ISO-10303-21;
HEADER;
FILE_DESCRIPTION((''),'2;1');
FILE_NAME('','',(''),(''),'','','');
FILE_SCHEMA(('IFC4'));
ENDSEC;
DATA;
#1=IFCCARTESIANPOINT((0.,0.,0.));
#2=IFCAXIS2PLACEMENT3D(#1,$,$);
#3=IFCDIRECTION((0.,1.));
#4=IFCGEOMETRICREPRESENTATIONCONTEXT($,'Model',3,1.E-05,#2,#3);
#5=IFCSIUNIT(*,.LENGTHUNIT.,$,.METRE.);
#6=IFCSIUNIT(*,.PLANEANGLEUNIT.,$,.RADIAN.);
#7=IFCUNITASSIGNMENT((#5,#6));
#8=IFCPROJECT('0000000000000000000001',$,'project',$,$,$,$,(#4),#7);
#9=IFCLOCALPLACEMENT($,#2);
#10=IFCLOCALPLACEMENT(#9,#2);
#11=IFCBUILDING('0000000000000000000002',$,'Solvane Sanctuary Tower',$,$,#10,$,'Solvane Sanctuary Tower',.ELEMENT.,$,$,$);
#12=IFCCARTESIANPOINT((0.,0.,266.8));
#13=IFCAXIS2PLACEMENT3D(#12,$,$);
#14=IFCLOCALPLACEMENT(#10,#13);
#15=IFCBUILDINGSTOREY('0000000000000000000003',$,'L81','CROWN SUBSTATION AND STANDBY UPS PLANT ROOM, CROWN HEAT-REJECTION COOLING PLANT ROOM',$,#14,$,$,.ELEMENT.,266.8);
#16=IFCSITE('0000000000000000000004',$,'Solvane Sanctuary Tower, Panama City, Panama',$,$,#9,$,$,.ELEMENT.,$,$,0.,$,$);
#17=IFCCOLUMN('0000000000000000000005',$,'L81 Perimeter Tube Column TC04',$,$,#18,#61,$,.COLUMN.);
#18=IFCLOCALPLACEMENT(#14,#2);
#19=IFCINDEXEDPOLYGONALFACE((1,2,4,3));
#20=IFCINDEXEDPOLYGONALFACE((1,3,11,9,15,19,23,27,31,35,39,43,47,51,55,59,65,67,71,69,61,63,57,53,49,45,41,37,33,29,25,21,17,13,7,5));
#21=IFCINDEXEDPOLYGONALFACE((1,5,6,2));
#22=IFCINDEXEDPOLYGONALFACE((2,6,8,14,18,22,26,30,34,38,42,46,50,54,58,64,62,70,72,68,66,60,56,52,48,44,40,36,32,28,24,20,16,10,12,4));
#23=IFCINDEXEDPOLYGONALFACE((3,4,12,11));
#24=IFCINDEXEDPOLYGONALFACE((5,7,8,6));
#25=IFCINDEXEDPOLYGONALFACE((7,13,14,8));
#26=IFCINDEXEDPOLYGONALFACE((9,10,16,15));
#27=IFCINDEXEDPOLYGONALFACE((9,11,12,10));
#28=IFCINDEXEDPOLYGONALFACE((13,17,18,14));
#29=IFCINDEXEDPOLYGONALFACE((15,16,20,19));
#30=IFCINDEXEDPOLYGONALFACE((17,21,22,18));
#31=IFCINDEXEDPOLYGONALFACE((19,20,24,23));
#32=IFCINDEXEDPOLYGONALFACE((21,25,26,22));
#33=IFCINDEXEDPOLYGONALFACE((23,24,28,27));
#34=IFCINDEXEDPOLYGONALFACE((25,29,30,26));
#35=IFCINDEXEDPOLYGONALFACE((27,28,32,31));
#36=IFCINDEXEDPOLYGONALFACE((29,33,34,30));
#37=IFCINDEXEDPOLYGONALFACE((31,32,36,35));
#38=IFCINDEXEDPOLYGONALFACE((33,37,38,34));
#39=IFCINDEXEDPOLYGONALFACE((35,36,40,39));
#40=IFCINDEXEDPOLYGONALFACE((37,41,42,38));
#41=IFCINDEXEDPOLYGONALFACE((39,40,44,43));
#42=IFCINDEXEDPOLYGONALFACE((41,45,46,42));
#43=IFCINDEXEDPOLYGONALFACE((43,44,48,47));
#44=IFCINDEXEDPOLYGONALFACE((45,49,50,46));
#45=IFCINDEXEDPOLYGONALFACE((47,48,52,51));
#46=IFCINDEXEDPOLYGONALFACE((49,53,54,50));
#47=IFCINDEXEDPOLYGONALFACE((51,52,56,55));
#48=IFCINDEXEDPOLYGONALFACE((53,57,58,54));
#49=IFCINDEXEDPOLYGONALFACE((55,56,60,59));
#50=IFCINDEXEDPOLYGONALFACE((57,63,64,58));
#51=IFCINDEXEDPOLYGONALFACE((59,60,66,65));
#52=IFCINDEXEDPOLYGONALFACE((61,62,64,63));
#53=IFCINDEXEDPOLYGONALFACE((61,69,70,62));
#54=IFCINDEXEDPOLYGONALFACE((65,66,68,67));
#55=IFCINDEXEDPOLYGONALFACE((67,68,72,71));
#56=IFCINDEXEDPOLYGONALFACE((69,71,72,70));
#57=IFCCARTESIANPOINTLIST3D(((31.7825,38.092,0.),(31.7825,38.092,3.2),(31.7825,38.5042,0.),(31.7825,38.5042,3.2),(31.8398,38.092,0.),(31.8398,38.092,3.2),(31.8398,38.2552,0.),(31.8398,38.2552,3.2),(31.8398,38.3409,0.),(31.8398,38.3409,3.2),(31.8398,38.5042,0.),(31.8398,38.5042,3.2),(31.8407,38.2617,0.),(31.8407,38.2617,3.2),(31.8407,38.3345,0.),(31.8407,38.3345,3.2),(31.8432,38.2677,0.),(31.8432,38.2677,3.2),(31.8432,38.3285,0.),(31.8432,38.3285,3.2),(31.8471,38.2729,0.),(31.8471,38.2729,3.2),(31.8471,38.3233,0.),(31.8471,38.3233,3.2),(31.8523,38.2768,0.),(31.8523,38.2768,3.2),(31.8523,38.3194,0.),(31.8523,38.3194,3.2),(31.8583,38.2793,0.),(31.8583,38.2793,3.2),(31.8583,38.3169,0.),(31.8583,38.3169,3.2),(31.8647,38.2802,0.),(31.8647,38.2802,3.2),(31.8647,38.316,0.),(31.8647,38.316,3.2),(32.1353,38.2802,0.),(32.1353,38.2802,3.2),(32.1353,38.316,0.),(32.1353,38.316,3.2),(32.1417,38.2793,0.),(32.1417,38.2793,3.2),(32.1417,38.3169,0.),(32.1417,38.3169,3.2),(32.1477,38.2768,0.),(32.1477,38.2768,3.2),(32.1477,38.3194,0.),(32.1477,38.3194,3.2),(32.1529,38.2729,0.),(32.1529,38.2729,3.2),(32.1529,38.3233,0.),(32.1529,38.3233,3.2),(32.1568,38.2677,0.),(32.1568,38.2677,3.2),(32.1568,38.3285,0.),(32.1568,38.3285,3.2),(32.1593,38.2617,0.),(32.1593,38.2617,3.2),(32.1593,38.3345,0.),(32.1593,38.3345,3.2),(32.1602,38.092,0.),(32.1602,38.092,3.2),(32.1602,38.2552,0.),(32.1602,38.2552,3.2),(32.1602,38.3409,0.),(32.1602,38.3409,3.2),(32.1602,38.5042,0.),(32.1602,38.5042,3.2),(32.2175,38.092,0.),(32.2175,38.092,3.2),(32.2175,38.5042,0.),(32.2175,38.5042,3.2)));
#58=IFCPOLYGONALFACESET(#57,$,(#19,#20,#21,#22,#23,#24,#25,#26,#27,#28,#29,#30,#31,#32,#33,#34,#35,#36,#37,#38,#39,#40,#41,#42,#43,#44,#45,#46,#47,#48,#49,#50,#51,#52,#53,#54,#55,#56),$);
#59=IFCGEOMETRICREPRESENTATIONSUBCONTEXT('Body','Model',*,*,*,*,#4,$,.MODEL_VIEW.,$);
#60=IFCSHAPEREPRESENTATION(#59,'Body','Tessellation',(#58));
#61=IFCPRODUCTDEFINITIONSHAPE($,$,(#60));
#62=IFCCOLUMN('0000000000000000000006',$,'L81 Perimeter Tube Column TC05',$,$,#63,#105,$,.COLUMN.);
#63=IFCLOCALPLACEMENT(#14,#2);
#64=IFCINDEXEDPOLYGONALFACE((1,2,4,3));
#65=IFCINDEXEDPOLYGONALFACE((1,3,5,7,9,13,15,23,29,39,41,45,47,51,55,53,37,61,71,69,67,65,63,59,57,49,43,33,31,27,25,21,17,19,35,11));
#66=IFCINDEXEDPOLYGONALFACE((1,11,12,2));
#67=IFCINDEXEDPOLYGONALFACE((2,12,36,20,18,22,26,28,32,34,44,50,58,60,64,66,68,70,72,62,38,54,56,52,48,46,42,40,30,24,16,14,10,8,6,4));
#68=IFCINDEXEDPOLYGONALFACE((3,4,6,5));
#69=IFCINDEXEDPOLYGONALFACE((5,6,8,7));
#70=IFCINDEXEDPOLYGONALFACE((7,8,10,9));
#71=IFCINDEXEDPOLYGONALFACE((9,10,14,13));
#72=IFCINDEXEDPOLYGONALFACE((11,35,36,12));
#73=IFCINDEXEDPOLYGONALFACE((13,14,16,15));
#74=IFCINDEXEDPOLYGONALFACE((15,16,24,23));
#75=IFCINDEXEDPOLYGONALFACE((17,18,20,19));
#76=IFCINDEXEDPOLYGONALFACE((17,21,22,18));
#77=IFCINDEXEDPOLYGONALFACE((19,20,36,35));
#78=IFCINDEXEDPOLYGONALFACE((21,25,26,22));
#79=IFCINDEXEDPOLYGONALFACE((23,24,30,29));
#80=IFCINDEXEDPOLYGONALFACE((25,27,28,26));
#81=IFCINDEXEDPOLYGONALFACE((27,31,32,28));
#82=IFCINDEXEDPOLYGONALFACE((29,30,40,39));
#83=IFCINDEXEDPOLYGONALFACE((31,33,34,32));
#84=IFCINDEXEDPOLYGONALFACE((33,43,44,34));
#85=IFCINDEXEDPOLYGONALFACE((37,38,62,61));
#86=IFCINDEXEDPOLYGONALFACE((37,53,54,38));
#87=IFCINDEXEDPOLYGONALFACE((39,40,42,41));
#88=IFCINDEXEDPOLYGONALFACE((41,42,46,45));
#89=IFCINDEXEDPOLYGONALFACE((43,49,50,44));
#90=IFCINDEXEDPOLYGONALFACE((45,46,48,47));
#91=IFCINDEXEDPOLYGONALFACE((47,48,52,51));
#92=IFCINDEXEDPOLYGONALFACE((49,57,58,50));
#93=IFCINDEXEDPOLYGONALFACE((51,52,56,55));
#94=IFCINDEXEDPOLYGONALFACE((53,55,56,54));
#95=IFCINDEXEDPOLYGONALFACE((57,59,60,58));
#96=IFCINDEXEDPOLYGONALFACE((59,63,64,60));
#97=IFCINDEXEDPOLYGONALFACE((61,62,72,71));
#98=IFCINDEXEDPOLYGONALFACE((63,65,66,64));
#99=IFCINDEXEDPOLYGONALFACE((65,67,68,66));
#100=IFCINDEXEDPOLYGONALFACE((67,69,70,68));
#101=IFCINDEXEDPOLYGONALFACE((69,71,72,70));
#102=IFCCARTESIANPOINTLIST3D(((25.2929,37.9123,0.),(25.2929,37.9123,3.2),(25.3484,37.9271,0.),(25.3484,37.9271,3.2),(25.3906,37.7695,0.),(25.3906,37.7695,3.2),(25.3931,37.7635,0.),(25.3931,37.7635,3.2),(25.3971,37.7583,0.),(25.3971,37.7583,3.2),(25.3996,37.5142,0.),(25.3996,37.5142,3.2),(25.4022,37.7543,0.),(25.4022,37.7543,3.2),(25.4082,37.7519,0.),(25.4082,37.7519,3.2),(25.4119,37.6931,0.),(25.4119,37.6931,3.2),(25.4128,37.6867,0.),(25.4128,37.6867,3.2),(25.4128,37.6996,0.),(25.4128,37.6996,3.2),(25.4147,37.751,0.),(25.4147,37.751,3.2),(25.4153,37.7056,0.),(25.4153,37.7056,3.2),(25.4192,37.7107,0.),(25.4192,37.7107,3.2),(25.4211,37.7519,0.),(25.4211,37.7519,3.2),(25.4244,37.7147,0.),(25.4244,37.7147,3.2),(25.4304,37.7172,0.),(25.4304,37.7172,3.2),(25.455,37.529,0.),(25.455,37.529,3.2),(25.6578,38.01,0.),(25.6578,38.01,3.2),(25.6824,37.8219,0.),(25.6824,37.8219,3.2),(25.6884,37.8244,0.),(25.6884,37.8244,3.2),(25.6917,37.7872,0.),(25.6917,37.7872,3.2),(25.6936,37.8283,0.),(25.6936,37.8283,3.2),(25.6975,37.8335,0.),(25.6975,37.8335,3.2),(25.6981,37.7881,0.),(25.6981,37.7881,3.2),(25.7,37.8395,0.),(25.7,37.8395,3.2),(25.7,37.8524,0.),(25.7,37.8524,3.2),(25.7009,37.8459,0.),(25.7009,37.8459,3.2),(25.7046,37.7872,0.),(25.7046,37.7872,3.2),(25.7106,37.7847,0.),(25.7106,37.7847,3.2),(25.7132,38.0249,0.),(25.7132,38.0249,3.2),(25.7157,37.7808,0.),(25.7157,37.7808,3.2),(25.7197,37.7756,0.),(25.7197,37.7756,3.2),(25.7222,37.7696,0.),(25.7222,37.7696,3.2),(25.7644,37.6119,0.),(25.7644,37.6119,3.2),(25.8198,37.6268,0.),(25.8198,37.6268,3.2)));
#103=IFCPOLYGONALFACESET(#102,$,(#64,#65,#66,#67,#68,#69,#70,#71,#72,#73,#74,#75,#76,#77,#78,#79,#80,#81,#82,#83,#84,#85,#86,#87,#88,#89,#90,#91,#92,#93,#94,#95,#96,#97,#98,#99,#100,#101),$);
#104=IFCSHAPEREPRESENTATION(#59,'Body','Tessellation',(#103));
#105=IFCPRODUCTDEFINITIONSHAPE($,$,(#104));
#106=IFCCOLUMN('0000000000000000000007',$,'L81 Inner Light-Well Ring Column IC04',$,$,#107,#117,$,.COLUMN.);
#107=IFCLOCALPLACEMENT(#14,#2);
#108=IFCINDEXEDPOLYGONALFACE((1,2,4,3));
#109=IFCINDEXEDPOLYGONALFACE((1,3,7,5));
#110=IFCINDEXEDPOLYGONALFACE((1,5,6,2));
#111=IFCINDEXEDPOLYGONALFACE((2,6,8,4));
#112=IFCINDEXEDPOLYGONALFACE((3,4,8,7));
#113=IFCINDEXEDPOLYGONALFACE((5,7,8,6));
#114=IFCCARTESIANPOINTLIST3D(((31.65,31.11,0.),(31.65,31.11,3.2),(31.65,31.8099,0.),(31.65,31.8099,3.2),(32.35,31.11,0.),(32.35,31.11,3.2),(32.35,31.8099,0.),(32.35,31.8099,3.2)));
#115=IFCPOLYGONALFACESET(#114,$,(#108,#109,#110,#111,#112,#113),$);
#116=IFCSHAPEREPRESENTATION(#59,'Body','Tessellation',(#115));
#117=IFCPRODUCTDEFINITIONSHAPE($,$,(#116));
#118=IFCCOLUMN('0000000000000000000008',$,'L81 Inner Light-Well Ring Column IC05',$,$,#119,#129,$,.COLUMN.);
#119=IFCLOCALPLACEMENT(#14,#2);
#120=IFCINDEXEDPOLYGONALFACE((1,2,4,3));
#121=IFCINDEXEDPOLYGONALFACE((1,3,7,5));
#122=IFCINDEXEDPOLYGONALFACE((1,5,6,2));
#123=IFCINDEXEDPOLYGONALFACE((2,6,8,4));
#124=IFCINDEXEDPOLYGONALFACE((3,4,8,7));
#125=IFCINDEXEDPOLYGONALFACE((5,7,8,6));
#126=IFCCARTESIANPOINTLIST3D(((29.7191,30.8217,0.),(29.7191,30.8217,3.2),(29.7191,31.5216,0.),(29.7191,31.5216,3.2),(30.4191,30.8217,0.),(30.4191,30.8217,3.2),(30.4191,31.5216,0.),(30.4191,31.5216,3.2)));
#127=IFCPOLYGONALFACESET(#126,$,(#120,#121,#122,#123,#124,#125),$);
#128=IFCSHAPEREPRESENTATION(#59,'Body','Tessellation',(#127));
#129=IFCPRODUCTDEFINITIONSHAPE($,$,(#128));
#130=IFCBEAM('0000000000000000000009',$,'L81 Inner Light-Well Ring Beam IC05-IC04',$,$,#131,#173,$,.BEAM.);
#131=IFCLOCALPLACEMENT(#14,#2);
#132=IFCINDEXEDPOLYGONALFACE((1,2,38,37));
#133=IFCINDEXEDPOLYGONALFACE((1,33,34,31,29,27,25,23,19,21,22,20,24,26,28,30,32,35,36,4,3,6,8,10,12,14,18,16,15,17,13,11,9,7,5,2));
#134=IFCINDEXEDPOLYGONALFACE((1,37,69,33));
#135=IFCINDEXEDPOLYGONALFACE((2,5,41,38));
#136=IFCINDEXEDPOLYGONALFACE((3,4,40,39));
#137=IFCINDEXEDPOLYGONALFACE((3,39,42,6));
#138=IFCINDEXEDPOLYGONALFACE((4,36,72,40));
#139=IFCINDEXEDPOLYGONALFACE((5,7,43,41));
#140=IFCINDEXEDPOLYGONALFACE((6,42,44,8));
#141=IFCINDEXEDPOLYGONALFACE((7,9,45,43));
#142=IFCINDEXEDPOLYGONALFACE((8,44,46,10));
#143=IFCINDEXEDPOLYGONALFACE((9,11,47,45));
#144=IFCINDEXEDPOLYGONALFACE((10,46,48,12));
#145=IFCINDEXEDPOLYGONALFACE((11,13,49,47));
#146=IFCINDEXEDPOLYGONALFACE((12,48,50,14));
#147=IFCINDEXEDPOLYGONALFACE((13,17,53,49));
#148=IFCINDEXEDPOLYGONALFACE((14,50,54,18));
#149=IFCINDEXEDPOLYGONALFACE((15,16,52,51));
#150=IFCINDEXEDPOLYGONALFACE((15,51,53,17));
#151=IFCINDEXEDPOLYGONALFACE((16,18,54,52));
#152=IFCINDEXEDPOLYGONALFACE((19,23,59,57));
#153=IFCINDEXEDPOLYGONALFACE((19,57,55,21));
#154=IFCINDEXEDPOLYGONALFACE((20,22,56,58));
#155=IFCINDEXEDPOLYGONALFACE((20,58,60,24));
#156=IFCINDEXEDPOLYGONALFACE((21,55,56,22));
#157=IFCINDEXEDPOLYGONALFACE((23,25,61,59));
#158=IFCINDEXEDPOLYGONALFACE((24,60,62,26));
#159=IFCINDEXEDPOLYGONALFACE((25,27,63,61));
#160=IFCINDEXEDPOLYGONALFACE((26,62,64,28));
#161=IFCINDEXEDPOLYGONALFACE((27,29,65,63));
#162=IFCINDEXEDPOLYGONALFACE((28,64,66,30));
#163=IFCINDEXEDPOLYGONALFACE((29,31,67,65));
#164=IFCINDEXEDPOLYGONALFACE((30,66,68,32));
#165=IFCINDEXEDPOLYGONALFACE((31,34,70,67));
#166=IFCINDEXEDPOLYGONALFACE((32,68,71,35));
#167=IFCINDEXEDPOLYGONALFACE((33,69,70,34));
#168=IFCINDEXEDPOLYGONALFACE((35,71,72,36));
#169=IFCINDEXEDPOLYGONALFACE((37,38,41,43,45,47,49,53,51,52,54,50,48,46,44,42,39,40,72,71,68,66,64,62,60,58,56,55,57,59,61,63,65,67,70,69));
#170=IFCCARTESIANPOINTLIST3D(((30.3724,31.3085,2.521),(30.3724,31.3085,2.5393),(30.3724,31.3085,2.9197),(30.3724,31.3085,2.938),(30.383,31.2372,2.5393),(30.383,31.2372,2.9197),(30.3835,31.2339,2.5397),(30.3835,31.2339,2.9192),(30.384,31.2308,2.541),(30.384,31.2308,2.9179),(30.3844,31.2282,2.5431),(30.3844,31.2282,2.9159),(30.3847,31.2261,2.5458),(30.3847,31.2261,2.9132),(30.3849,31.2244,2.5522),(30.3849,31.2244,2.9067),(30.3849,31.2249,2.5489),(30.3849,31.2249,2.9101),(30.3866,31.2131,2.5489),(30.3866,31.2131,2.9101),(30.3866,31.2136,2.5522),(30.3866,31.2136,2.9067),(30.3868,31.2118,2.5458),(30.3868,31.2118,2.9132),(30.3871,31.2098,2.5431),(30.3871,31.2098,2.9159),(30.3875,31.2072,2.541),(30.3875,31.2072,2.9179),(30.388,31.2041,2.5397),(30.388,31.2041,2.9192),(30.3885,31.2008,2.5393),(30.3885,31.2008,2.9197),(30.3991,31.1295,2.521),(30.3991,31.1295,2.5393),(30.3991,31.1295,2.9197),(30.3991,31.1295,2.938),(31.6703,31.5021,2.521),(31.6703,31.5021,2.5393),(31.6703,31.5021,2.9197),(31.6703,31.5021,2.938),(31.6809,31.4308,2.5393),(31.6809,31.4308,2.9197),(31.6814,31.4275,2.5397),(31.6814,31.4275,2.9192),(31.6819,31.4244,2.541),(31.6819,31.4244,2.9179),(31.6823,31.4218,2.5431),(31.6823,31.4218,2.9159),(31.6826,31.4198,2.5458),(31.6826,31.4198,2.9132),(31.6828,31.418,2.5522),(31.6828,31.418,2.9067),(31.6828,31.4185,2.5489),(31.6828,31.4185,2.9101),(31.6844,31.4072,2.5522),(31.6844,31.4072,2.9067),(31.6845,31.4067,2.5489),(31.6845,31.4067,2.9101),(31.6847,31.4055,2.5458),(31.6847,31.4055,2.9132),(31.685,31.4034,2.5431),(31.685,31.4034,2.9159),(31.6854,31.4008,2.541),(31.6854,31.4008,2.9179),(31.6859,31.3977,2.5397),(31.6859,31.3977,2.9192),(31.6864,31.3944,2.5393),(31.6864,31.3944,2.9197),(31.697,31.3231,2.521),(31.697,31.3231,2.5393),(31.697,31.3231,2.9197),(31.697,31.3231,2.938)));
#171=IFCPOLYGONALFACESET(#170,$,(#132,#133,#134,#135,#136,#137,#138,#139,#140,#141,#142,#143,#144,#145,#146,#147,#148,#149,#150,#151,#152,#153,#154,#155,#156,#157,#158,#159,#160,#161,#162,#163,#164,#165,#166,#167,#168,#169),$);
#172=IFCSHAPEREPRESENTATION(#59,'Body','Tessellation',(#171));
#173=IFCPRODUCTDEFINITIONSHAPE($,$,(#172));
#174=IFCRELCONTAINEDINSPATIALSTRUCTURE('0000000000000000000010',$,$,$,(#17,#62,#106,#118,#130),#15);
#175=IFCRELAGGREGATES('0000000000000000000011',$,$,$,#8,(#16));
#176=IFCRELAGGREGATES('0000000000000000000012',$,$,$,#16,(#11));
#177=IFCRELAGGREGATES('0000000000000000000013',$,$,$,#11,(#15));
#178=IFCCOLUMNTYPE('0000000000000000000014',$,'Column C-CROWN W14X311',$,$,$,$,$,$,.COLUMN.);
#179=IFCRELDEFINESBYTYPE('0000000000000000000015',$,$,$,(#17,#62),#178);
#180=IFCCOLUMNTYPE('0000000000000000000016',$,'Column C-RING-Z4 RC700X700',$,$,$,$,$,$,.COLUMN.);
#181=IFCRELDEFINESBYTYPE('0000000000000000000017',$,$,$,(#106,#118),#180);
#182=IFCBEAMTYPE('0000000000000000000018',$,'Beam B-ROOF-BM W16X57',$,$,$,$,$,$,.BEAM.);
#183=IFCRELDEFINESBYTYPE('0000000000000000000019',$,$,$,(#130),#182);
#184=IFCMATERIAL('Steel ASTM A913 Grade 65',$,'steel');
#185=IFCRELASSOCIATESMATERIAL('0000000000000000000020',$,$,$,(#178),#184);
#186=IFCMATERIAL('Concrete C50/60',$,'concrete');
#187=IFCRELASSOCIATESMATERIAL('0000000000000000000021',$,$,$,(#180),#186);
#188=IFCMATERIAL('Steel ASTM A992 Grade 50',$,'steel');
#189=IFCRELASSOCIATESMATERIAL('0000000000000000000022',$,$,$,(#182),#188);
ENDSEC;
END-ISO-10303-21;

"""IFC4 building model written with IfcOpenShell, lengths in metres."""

from ifc_helpers import new_model, si_unit, direction, frame, origin, origin_2d, place, context, subcontext, project, spatial, rectangle, i_section, extrude, material, material_profile, profile_set, type_object, element, save


model = new_model("IFC4")

# Units and contexts
model_context = context("Model", 3, precision=1e-05, world=origin(), true_north=direction((0.0, 1.0)))
body_context = subcontext(model_context, "Body", "Model", "MODEL_VIEW")
ifc_project = project(units=[si_unit("LENGTHUNIT", "METRE"), si_unit("PLANEANGLEUNIT", "RADIAN")], contexts=[model_context])

# Site, building, storey
site_placement = place(None, origin())
site = spatial("IfcSite", under=ifc_project, at=site_placement, Name="Solvane Sanctuary Tower, Panama City, Panama", CompositionType="ELEMENT", RefElevation=0.0)
building_placement = place(site_placement, origin())
building = spatial("IfcBuilding", under=site, at=building_placement, Name="Solvane Sanctuary Tower", LongName="Solvane Sanctuary Tower", CompositionType="ELEMENT")
storey_placement = place(building_placement, frame((0.0, 0.0, 266.8)))
storey = spatial("IfcBuildingStorey", under=building, at=storey_placement, Name="L81", Description="CROWN SUBSTATION AND STANDBY UPS PLANT ROOM, CROWN HEAT-REJECTION COOLING PLANT ROOM", CompositionType="ELEMENT", Elevation=266.8)

# Columns
ifc_material_1 = material(Name="Steel ASTM A913 Grade 65", Category="steel")
ifc_material_profile_1 = material_profile(ifc_material_1, i_section(OverallWidth=0.4121, OverallDepth=0.4351, WebThickness=0.0359, FlangeThickness=0.0574, FilletRadius=0.0249, at=origin_2d()), Name="W14X311")
ifc_profile_set_1 = profile_set([ifc_material_profile_1], Name="Steel ASTM A913 Grade 65")
column_type_1 = type_object("IfcColumnType", Name="Column C-CROWN W14X311", PredefinedType="COLUMN", material=ifc_profile_set_1)
for number, where, z_axis, x_axis, name in (
    (1, (32.0, 38.2981, 0.0), (0.0, 0.0, 1.0), (0.0, 1.0, 0.0), "L81 Perimeter Tube Column TC04"),
    (2, (25.5564, 37.7695, 0.0), (0.0, 0.0, 1.0), (-0.258819, 0.965926, 0.0), "L81 Perimeter Tube Column TC05"),
):
    element("IfcColumn", number, at=place(storey_placement, frame(where, z_axis=z_axis, x_axis=x_axis)), inside=storey, type_object=column_type_1, Name=name, PredefinedType="COLUMN", context=body_context, shape_type="SweptSolid", body=[
        extrude(i_section(OverallWidth=0.4121, OverallDepth=0.4351, WebThickness=0.0359, FlangeThickness=0.0574, FilletRadius=0.0249, at=origin_2d()), origin(), (0.0, 0.0, 1.0), 3.2),
    ])
ifc_material_2 = material(Name="Concrete C50/60", Category="concrete")
ifc_material_profile_2 = material_profile(ifc_material_2, rectangle(XDim=0.7, YDim=0.7, at=origin_2d()), Name="RC700X700")
ifc_profile_set_2 = profile_set([ifc_material_profile_2], Name="Concrete C50/60")
column_type_2 = type_object("IfcColumnType", Name="Column C-RING-Z4 RC700X700", PredefinedType="COLUMN", material=ifc_profile_set_2)
for number, where, z_axis, x_axis, name in (
    (3, (32.0, 31.46, 0.0), (0.0, 0.0, 1.0), (1.0, 0.0, 0.0), "L81 Inner Light-Well Ring Column IC04"),
    (4, (30.0691, 31.1716, 0.0), (0.0, 0.0, 1.0), (1.0, 0.0, 0.0), "L81 Inner Light-Well Ring Column IC05"),
):
    element("IfcColumn", number, at=place(storey_placement, frame(where, z_axis=z_axis, x_axis=x_axis)), inside=storey, type_object=column_type_2, Name=name, PredefinedType="COLUMN", context=body_context, shape_type="SweptSolid", body=[
        extrude(rectangle(XDim=0.7, YDim=0.7, at=origin_2d()), origin(), (0.0, 0.0, 1.0), 3.2),
    ])

# Beam
ifc_material_3 = material(Name="Steel ASTM A992 Grade 50", Category="steel")
ifc_material_profile_3 = material_profile(ifc_material_3, i_section(OverallWidth=0.1809, OverallDepth=0.417, WebThickness=0.011, FlangeThickness=0.0183, FilletRadius=0.0129, at=origin_2d()), Name="W16X57")
ifc_profile_set_3 = profile_set([ifc_material_profile_3], Name="Steel ASTM A992 Grade 50")
beam_type_1 = type_object("IfcBeamType", Name="Beam B-ROOF-BM W16X57", PredefinedType="BEAM", material=ifc_profile_set_3)
beam_1_placement = place(storey_placement, frame((30.3857, 31.219, 2.7295), z_axis=(0.989056, 0.14754, 0.0), x_axis=(-0.14754, 0.989056, 0.0)))
element("IfcBeam", 5, at=beam_1_placement, inside=storey, type_object=beam_type_1, Name="L81 Inner Light-Well Ring Beam IC05-IC04", PredefinedType="BEAM", context=body_context, shape_type="SweptSolid", body=[
    extrude(i_section(OverallWidth=0.1809, OverallDepth=0.417, WebThickness=0.011, FlangeThickness=0.0183, FilletRadius=0.0129, at=origin_2d()), origin(), (0.0, 0.0, 1.0), 1.3123),
])

save(model, "model.ifc")
